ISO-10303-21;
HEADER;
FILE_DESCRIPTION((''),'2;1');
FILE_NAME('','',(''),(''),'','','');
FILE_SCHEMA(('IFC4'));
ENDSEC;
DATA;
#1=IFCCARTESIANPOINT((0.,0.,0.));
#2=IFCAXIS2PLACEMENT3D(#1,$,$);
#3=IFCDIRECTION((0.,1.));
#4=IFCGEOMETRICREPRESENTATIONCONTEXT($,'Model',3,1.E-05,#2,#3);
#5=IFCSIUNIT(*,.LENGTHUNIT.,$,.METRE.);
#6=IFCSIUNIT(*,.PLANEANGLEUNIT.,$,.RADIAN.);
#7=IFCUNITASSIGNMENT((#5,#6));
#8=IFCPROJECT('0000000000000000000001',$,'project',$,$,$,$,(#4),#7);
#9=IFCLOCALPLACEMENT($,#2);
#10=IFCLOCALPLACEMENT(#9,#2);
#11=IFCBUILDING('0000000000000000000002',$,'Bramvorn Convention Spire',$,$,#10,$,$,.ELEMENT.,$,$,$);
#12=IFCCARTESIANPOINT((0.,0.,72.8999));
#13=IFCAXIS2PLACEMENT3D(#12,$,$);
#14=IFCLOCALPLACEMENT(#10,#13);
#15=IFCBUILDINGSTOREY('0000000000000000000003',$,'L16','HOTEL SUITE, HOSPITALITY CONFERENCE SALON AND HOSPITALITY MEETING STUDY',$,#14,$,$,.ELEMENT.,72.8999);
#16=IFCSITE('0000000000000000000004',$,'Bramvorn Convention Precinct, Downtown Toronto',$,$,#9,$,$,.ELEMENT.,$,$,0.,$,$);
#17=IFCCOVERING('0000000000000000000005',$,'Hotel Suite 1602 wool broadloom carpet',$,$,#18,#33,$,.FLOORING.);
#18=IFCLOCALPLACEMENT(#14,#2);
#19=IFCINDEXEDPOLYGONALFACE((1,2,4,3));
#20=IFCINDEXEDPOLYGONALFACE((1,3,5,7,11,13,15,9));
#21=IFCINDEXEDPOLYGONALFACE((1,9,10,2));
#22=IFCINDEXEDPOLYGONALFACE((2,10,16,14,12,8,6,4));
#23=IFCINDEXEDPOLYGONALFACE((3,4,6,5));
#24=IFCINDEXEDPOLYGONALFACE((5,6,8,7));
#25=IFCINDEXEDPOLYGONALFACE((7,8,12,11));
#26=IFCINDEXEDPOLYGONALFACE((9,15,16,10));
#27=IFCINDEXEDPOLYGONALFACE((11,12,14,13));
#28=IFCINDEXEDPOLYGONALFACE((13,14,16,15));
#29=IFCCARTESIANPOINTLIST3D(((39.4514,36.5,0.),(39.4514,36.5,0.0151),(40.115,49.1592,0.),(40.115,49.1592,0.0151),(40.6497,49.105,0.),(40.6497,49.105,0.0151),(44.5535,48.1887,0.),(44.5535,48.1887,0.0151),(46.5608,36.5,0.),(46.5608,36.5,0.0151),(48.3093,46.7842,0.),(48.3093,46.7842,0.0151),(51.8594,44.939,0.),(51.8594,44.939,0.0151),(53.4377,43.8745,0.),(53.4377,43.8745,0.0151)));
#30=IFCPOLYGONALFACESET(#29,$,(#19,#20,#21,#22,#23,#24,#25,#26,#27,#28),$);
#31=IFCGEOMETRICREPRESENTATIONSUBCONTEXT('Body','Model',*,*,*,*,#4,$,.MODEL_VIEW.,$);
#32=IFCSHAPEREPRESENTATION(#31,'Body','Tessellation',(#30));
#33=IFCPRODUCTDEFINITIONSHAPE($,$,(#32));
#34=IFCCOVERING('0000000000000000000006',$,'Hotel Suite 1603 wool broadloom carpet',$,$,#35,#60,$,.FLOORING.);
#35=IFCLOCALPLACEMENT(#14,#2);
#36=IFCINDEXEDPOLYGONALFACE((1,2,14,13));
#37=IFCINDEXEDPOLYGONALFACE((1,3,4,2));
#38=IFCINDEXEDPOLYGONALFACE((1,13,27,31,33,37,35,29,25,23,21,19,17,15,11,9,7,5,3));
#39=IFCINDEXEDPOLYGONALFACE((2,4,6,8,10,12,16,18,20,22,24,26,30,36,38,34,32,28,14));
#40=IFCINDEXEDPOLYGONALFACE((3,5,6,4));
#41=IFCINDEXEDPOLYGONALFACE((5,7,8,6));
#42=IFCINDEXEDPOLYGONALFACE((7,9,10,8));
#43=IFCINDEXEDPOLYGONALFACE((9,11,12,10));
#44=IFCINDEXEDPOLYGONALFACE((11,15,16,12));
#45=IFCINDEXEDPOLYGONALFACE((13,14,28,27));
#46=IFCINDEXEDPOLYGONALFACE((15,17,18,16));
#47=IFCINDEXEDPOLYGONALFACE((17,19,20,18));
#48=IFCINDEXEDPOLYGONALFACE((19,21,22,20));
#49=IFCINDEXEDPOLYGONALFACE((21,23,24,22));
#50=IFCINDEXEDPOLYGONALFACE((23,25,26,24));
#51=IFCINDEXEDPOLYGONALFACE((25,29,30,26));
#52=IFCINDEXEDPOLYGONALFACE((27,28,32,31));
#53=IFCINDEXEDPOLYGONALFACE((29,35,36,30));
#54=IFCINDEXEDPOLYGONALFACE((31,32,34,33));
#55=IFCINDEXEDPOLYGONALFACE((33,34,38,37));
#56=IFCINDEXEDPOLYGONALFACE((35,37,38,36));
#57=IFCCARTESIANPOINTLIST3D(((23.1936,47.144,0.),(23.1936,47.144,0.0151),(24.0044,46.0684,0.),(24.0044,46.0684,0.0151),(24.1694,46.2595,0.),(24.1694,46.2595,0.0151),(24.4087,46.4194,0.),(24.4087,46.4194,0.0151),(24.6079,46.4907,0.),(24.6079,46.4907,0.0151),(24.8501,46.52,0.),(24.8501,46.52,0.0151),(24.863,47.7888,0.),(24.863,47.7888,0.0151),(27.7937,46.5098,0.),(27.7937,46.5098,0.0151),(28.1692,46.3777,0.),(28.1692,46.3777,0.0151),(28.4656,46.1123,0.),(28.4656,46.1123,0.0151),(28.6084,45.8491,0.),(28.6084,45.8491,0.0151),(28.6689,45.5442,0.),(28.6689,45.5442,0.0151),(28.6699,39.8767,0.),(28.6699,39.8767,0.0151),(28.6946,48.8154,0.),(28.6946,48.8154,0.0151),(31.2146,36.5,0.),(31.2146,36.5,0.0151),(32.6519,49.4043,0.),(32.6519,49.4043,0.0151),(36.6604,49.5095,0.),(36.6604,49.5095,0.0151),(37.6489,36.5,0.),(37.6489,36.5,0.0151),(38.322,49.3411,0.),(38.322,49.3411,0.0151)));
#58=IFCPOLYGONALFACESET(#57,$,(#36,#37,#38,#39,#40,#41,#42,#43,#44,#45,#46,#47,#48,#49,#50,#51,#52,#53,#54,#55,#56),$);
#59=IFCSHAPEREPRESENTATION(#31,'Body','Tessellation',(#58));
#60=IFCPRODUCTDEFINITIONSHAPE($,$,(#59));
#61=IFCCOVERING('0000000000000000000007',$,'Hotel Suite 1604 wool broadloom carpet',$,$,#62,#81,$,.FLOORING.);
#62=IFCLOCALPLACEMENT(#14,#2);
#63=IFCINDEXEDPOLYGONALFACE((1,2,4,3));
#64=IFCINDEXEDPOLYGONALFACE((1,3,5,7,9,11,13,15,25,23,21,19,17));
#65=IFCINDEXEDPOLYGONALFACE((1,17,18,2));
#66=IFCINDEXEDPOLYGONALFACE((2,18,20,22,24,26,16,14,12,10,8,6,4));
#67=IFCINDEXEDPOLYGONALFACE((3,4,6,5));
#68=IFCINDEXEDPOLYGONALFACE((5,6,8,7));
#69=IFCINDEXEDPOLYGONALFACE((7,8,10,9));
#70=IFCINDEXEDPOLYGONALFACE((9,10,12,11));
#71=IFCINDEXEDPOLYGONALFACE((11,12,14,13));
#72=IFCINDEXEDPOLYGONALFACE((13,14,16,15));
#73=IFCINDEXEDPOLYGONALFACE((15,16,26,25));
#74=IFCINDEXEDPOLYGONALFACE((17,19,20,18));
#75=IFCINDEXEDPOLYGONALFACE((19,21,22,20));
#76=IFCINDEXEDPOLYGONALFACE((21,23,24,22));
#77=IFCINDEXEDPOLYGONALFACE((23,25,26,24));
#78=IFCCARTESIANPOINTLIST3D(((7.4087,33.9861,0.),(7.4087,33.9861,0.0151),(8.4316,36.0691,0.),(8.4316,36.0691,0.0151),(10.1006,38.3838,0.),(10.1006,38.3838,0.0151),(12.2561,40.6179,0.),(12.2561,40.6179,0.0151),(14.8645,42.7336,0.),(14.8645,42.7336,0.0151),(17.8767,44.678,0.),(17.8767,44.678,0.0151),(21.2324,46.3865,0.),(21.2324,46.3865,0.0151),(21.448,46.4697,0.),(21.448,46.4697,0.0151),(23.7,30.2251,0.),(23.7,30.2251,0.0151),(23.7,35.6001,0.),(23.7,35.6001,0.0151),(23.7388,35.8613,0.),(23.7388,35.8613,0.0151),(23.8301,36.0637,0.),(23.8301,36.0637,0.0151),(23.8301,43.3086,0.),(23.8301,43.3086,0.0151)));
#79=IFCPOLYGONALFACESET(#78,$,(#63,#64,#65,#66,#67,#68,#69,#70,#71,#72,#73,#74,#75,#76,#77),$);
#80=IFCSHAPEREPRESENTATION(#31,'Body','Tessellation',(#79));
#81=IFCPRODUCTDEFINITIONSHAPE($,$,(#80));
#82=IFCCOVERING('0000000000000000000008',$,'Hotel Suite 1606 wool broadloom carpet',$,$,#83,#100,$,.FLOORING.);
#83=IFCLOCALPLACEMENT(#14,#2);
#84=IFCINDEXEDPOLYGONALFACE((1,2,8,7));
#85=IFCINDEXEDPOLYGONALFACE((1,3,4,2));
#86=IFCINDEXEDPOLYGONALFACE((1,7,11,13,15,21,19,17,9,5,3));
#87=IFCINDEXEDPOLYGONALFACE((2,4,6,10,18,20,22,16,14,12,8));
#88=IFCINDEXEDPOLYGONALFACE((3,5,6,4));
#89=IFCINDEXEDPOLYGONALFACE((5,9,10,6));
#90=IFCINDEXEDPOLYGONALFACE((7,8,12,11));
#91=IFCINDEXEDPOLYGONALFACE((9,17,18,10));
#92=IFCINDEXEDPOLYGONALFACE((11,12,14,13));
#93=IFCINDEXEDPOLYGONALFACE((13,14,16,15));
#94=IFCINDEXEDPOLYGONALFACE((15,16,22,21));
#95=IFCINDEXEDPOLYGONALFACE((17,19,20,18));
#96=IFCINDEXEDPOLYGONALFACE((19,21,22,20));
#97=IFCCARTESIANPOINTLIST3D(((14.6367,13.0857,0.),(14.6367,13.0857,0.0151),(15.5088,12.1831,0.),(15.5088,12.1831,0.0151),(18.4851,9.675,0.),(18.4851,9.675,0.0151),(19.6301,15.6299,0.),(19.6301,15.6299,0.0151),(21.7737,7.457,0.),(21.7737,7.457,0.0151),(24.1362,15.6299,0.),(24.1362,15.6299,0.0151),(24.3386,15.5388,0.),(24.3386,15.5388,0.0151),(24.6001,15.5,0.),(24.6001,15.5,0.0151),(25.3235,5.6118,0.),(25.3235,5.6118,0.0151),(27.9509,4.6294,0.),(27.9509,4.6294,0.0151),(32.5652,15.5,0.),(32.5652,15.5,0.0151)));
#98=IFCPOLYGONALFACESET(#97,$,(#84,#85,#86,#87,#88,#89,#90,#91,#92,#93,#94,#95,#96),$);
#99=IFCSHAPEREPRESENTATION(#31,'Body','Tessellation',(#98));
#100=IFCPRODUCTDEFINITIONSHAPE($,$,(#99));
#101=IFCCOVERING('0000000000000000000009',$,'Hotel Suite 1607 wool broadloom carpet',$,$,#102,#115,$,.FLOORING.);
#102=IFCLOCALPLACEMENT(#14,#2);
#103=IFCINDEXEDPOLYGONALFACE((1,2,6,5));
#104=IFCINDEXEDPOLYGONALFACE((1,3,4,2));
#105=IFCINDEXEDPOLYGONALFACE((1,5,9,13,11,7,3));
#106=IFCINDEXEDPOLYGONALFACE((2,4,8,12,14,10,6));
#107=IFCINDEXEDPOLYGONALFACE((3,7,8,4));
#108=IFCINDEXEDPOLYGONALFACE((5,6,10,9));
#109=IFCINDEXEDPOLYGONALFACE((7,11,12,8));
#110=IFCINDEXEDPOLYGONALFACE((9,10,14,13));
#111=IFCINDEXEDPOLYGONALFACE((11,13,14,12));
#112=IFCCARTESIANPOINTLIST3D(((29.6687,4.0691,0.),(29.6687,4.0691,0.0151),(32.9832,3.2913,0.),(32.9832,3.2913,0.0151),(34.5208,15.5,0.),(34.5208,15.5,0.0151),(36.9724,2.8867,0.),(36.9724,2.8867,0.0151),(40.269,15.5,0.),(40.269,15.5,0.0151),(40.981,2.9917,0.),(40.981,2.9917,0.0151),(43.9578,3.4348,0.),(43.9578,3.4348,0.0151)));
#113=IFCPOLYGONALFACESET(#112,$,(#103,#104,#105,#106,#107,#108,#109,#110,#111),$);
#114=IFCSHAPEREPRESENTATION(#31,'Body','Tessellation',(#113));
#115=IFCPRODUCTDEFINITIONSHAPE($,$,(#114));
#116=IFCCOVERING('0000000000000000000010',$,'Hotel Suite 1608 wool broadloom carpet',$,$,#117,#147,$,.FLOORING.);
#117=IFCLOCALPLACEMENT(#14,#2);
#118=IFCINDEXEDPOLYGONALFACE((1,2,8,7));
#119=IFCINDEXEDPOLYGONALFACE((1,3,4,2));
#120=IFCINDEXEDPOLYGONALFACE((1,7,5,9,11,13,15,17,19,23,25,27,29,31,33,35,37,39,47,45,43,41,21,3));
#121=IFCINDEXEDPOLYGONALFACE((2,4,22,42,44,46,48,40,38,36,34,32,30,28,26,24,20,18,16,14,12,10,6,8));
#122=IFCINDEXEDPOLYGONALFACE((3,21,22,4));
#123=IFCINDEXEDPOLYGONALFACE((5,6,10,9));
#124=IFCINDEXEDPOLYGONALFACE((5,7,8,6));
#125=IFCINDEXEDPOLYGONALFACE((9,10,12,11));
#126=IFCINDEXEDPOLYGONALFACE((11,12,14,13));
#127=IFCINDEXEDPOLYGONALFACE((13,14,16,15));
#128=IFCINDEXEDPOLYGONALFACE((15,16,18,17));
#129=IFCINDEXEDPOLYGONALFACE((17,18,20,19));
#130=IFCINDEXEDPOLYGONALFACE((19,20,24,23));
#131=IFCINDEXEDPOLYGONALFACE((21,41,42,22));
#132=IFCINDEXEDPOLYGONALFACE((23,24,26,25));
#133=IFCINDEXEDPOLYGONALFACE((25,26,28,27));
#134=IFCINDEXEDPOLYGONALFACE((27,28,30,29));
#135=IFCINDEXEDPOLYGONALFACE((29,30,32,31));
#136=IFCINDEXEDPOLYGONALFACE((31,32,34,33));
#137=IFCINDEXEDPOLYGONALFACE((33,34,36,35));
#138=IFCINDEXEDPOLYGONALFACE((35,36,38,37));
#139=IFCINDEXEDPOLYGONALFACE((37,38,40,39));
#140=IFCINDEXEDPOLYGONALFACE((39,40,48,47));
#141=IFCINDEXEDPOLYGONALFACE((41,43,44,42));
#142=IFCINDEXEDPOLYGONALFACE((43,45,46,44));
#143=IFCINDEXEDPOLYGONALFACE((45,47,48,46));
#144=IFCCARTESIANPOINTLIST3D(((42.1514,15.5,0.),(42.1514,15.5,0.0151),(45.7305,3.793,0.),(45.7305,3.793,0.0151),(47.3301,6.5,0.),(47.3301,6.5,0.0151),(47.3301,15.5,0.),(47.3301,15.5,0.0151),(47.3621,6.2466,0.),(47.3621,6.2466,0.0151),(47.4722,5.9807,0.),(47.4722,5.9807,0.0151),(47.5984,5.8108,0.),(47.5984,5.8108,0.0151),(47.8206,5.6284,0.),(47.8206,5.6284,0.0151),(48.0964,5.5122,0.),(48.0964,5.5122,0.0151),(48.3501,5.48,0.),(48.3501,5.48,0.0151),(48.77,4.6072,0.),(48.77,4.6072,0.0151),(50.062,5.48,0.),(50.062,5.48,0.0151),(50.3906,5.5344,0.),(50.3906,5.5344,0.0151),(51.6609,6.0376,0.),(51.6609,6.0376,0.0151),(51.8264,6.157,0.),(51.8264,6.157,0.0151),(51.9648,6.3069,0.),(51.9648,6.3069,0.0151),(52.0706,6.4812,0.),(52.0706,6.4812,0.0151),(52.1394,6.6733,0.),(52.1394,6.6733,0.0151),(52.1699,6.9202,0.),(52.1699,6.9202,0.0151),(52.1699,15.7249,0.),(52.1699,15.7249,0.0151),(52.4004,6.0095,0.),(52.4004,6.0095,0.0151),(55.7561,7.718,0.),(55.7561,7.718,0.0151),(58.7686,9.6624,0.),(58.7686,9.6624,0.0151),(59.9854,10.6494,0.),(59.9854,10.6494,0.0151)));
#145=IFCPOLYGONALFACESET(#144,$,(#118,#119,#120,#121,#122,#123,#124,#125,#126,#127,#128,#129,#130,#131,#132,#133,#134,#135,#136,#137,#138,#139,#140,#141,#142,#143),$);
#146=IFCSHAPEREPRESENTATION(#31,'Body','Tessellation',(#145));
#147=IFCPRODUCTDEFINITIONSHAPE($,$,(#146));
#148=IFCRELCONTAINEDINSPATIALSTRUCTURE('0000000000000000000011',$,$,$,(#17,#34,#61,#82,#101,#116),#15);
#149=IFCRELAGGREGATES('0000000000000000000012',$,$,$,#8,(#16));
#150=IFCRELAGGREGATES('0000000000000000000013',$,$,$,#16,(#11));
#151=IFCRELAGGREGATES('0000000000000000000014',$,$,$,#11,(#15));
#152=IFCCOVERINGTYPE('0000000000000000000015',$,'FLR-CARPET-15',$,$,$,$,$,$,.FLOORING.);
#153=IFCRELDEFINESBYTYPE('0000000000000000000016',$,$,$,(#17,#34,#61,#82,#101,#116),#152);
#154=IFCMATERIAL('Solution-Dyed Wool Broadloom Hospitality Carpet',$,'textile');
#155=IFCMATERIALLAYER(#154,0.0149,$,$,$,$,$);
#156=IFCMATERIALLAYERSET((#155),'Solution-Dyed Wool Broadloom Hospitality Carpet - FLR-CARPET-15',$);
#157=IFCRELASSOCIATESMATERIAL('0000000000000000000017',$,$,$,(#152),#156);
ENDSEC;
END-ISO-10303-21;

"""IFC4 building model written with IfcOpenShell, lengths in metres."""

from ifc_helpers import new_model, si_unit, direction, frame, origin, place, context, subcontext, project, spatial, polyline, outline, extrude, material, layer, layer_set, type_object, element, save


model = new_model("IFC4")

# Units and contexts
model_context = context("Model", 3, precision=1e-05, world=origin(), true_north=direction((0.0, 1.0)))
body_context = subcontext(model_context, "Body", "Model", "MODEL_VIEW")
ifc_project = project(units=[si_unit("LENGTHUNIT", "METRE"), si_unit("PLANEANGLEUNIT", "RADIAN")], contexts=[model_context])

# Site, building, storey
site_placement = place(None, origin())
site = spatial("IfcSite", under=ifc_project, at=site_placement, Name="Bramvorn Convention Precinct, Downtown Toronto", CompositionType="ELEMENT", RefElevation=0.0)
building_placement = place(site_placement, origin())
building = spatial("IfcBuilding", under=site, at=building_placement, Name="Bramvorn Convention Spire", CompositionType="ELEMENT")
storey_placement = place(building_placement, frame((0.0, 0.0, 72.8999)))
storey = spatial("IfcBuildingStorey", under=building, at=storey_placement, Name="L16", Description="HOTEL SUITE, HOSPITALITY CONFERENCE SALON AND HOSPITALITY MEETING STUDY", CompositionType="ELEMENT", Elevation=72.8999)

# Coverings
ifc_material_1 = material(Name="Solution-Dyed Wool Broadloom Hospitality Carpet", Category="textile")
ifc_layer_1 = layer(ifc_material_1, 0.0149)
ifc_layer_set_1 = layer_set([ifc_layer_1], Name="Solution-Dyed Wool Broadloom Hospitality Carpet - FLR-CARPET-15")
covering_type = type_object("IfcCoveringType", Name="FLR-CARPET-15", PredefinedType="FLOORING", material=ifc_layer_set_1)
covering_1_placement = place(storey_placement, origin())
element("IfcCovering", 1, at=covering_1_placement, inside=storey, type_object=covering_type, Name="Hotel Suite 1602 wool broadloom carpet", PredefinedType="FLOORING", context=body_context, shape_type="SweptSolid", body=[
    extrude(outline(polyline([(40.6497, 49.105), (40.115, 49.1592), (39.4514, 36.5), (46.5608, 36.5), (53.4377, 43.8745), (51.8594, 44.939), (48.3093, 46.7842), (44.5535, 48.1887), (40.6497, 49.105)])), origin(), (0.0, 0.0, 1.0), 0.0151),
])
covering_2_placement = place(storey_placement, origin())
element("IfcCovering", 2, at=covering_2_placement, inside=storey, type_object=covering_type, Name="Hotel Suite 1603 wool broadloom carpet", PredefinedType="FLOORING", context=body_context, shape_type="SweptSolid", body=[
    extrude(outline(polyline([(24.1694, 46.2595), (24.4087, 46.4194), (24.6079, 46.4907), (24.8501, 46.52), (27.7937, 46.5098), (28.1692, 46.3777), (28.4656, 46.1123), (28.6084, 45.8491), (28.6689, 45.5442), (28.6699, 39.8767), (31.2146, 36.5), (37.6489, 36.5), (38.322, 49.3411), (36.6604, 49.5095), (32.6519, 49.4043), (28.6946, 48.8154), (24.863, 47.7888), (23.1936, 47.144), (24.0044, 46.0684), (24.1694, 46.2595)])), origin(), (0.0, 0.0, 1.0), 0.0151),
])
covering_3_placement = place(storey_placement, origin())
element("IfcCovering", 3, at=covering_3_placement, inside=storey, type_object=covering_type, Name="Hotel Suite 1604 wool broadloom carpet", PredefinedType="FLOORING", context=body_context, shape_type="SweptSolid", body=[
    extrude(outline(polyline([(23.7, 30.2251), (23.7, 35.6001), (23.7388, 35.8613), (23.8301, 36.0637), (23.8301, 43.3086), (21.448, 46.4697), (21.2324, 46.3865), (17.8767, 44.678), (14.8645, 42.7336), (12.2561, 40.6179), (10.1006, 38.3838), (8.4316, 36.0691), (7.4087, 33.9861), (23.7, 30.2251)])), origin(), (0.0, 0.0, 1.0), 0.0151),
])
covering_4_placement = place(storey_placement, origin())
element("IfcCovering", 4, at=covering_4_placement, inside=storey, type_object=covering_type, Name="Hotel Suite 1606 wool broadloom carpet", PredefinedType="FLOORING", context=body_context, shape_type="SweptSolid", body=[
    extrude(outline(polyline([(25.3235, 5.6118), (27.9509, 4.6294), (32.5652, 15.5), (24.6001, 15.5), (24.3386, 15.5388), (24.1362, 15.6299), (19.6301, 15.6299), (14.6367, 13.0857), (15.5088, 12.1831), (18.4851, 9.675), (21.7737, 7.457), (25.3235, 5.6118)])), origin(), (0.0, 0.0, 1.0), 0.0151),
])
covering_5_placement = place(storey_placement, origin())
element("IfcCovering", 5, at=covering_5_placement, inside=storey, type_object=covering_type, Name="Hotel Suite 1607 wool broadloom carpet", PredefinedType="FLOORING", context=body_context, shape_type="SweptSolid", body=[
    extrude(outline(polyline([(32.9832, 3.2913), (36.9724, 2.8867), (40.981, 2.9917), (43.9578, 3.4348), (40.269, 15.5), (34.5208, 15.5), (29.6687, 4.0691), (32.9832, 3.2913)])), origin(), (0.0, 0.0, 1.0), 0.0151),
])
covering_6_placement = place(storey_placement, origin())
element("IfcCovering", 6, at=covering_6_placement, inside=storey, type_object=covering_type, Name="Hotel Suite 1608 wool broadloom carpet", PredefinedType="FLOORING", context=body_context, shape_type="SweptSolid", body=[
    extrude(outline(polyline([(52.1699, 6.9202), (52.1394, 6.6733), (52.0706, 6.4812), (51.9648, 6.3069), (51.8264, 6.157), (51.6609, 6.0376), (50.3906, 5.5344), (50.062, 5.48), (48.3501, 5.48), (48.0964, 5.5122), (47.8206, 5.6284), (47.5984, 5.8108), (47.4722, 5.9807), (47.3621, 6.2466), (47.3301, 6.5), (47.3301, 15.5), (42.1514, 15.5), (45.7305, 3.793), (48.77, 4.6072), (52.4004, 6.0095), (55.7561, 7.718), (58.7686, 9.6624), (59.9854, 10.6494), (52.1699, 15.7249), (52.1699, 6.9202)])), origin(), (0.0, 0.0, 1.0), 0.0151),
])

save(model, "model.ifc")
